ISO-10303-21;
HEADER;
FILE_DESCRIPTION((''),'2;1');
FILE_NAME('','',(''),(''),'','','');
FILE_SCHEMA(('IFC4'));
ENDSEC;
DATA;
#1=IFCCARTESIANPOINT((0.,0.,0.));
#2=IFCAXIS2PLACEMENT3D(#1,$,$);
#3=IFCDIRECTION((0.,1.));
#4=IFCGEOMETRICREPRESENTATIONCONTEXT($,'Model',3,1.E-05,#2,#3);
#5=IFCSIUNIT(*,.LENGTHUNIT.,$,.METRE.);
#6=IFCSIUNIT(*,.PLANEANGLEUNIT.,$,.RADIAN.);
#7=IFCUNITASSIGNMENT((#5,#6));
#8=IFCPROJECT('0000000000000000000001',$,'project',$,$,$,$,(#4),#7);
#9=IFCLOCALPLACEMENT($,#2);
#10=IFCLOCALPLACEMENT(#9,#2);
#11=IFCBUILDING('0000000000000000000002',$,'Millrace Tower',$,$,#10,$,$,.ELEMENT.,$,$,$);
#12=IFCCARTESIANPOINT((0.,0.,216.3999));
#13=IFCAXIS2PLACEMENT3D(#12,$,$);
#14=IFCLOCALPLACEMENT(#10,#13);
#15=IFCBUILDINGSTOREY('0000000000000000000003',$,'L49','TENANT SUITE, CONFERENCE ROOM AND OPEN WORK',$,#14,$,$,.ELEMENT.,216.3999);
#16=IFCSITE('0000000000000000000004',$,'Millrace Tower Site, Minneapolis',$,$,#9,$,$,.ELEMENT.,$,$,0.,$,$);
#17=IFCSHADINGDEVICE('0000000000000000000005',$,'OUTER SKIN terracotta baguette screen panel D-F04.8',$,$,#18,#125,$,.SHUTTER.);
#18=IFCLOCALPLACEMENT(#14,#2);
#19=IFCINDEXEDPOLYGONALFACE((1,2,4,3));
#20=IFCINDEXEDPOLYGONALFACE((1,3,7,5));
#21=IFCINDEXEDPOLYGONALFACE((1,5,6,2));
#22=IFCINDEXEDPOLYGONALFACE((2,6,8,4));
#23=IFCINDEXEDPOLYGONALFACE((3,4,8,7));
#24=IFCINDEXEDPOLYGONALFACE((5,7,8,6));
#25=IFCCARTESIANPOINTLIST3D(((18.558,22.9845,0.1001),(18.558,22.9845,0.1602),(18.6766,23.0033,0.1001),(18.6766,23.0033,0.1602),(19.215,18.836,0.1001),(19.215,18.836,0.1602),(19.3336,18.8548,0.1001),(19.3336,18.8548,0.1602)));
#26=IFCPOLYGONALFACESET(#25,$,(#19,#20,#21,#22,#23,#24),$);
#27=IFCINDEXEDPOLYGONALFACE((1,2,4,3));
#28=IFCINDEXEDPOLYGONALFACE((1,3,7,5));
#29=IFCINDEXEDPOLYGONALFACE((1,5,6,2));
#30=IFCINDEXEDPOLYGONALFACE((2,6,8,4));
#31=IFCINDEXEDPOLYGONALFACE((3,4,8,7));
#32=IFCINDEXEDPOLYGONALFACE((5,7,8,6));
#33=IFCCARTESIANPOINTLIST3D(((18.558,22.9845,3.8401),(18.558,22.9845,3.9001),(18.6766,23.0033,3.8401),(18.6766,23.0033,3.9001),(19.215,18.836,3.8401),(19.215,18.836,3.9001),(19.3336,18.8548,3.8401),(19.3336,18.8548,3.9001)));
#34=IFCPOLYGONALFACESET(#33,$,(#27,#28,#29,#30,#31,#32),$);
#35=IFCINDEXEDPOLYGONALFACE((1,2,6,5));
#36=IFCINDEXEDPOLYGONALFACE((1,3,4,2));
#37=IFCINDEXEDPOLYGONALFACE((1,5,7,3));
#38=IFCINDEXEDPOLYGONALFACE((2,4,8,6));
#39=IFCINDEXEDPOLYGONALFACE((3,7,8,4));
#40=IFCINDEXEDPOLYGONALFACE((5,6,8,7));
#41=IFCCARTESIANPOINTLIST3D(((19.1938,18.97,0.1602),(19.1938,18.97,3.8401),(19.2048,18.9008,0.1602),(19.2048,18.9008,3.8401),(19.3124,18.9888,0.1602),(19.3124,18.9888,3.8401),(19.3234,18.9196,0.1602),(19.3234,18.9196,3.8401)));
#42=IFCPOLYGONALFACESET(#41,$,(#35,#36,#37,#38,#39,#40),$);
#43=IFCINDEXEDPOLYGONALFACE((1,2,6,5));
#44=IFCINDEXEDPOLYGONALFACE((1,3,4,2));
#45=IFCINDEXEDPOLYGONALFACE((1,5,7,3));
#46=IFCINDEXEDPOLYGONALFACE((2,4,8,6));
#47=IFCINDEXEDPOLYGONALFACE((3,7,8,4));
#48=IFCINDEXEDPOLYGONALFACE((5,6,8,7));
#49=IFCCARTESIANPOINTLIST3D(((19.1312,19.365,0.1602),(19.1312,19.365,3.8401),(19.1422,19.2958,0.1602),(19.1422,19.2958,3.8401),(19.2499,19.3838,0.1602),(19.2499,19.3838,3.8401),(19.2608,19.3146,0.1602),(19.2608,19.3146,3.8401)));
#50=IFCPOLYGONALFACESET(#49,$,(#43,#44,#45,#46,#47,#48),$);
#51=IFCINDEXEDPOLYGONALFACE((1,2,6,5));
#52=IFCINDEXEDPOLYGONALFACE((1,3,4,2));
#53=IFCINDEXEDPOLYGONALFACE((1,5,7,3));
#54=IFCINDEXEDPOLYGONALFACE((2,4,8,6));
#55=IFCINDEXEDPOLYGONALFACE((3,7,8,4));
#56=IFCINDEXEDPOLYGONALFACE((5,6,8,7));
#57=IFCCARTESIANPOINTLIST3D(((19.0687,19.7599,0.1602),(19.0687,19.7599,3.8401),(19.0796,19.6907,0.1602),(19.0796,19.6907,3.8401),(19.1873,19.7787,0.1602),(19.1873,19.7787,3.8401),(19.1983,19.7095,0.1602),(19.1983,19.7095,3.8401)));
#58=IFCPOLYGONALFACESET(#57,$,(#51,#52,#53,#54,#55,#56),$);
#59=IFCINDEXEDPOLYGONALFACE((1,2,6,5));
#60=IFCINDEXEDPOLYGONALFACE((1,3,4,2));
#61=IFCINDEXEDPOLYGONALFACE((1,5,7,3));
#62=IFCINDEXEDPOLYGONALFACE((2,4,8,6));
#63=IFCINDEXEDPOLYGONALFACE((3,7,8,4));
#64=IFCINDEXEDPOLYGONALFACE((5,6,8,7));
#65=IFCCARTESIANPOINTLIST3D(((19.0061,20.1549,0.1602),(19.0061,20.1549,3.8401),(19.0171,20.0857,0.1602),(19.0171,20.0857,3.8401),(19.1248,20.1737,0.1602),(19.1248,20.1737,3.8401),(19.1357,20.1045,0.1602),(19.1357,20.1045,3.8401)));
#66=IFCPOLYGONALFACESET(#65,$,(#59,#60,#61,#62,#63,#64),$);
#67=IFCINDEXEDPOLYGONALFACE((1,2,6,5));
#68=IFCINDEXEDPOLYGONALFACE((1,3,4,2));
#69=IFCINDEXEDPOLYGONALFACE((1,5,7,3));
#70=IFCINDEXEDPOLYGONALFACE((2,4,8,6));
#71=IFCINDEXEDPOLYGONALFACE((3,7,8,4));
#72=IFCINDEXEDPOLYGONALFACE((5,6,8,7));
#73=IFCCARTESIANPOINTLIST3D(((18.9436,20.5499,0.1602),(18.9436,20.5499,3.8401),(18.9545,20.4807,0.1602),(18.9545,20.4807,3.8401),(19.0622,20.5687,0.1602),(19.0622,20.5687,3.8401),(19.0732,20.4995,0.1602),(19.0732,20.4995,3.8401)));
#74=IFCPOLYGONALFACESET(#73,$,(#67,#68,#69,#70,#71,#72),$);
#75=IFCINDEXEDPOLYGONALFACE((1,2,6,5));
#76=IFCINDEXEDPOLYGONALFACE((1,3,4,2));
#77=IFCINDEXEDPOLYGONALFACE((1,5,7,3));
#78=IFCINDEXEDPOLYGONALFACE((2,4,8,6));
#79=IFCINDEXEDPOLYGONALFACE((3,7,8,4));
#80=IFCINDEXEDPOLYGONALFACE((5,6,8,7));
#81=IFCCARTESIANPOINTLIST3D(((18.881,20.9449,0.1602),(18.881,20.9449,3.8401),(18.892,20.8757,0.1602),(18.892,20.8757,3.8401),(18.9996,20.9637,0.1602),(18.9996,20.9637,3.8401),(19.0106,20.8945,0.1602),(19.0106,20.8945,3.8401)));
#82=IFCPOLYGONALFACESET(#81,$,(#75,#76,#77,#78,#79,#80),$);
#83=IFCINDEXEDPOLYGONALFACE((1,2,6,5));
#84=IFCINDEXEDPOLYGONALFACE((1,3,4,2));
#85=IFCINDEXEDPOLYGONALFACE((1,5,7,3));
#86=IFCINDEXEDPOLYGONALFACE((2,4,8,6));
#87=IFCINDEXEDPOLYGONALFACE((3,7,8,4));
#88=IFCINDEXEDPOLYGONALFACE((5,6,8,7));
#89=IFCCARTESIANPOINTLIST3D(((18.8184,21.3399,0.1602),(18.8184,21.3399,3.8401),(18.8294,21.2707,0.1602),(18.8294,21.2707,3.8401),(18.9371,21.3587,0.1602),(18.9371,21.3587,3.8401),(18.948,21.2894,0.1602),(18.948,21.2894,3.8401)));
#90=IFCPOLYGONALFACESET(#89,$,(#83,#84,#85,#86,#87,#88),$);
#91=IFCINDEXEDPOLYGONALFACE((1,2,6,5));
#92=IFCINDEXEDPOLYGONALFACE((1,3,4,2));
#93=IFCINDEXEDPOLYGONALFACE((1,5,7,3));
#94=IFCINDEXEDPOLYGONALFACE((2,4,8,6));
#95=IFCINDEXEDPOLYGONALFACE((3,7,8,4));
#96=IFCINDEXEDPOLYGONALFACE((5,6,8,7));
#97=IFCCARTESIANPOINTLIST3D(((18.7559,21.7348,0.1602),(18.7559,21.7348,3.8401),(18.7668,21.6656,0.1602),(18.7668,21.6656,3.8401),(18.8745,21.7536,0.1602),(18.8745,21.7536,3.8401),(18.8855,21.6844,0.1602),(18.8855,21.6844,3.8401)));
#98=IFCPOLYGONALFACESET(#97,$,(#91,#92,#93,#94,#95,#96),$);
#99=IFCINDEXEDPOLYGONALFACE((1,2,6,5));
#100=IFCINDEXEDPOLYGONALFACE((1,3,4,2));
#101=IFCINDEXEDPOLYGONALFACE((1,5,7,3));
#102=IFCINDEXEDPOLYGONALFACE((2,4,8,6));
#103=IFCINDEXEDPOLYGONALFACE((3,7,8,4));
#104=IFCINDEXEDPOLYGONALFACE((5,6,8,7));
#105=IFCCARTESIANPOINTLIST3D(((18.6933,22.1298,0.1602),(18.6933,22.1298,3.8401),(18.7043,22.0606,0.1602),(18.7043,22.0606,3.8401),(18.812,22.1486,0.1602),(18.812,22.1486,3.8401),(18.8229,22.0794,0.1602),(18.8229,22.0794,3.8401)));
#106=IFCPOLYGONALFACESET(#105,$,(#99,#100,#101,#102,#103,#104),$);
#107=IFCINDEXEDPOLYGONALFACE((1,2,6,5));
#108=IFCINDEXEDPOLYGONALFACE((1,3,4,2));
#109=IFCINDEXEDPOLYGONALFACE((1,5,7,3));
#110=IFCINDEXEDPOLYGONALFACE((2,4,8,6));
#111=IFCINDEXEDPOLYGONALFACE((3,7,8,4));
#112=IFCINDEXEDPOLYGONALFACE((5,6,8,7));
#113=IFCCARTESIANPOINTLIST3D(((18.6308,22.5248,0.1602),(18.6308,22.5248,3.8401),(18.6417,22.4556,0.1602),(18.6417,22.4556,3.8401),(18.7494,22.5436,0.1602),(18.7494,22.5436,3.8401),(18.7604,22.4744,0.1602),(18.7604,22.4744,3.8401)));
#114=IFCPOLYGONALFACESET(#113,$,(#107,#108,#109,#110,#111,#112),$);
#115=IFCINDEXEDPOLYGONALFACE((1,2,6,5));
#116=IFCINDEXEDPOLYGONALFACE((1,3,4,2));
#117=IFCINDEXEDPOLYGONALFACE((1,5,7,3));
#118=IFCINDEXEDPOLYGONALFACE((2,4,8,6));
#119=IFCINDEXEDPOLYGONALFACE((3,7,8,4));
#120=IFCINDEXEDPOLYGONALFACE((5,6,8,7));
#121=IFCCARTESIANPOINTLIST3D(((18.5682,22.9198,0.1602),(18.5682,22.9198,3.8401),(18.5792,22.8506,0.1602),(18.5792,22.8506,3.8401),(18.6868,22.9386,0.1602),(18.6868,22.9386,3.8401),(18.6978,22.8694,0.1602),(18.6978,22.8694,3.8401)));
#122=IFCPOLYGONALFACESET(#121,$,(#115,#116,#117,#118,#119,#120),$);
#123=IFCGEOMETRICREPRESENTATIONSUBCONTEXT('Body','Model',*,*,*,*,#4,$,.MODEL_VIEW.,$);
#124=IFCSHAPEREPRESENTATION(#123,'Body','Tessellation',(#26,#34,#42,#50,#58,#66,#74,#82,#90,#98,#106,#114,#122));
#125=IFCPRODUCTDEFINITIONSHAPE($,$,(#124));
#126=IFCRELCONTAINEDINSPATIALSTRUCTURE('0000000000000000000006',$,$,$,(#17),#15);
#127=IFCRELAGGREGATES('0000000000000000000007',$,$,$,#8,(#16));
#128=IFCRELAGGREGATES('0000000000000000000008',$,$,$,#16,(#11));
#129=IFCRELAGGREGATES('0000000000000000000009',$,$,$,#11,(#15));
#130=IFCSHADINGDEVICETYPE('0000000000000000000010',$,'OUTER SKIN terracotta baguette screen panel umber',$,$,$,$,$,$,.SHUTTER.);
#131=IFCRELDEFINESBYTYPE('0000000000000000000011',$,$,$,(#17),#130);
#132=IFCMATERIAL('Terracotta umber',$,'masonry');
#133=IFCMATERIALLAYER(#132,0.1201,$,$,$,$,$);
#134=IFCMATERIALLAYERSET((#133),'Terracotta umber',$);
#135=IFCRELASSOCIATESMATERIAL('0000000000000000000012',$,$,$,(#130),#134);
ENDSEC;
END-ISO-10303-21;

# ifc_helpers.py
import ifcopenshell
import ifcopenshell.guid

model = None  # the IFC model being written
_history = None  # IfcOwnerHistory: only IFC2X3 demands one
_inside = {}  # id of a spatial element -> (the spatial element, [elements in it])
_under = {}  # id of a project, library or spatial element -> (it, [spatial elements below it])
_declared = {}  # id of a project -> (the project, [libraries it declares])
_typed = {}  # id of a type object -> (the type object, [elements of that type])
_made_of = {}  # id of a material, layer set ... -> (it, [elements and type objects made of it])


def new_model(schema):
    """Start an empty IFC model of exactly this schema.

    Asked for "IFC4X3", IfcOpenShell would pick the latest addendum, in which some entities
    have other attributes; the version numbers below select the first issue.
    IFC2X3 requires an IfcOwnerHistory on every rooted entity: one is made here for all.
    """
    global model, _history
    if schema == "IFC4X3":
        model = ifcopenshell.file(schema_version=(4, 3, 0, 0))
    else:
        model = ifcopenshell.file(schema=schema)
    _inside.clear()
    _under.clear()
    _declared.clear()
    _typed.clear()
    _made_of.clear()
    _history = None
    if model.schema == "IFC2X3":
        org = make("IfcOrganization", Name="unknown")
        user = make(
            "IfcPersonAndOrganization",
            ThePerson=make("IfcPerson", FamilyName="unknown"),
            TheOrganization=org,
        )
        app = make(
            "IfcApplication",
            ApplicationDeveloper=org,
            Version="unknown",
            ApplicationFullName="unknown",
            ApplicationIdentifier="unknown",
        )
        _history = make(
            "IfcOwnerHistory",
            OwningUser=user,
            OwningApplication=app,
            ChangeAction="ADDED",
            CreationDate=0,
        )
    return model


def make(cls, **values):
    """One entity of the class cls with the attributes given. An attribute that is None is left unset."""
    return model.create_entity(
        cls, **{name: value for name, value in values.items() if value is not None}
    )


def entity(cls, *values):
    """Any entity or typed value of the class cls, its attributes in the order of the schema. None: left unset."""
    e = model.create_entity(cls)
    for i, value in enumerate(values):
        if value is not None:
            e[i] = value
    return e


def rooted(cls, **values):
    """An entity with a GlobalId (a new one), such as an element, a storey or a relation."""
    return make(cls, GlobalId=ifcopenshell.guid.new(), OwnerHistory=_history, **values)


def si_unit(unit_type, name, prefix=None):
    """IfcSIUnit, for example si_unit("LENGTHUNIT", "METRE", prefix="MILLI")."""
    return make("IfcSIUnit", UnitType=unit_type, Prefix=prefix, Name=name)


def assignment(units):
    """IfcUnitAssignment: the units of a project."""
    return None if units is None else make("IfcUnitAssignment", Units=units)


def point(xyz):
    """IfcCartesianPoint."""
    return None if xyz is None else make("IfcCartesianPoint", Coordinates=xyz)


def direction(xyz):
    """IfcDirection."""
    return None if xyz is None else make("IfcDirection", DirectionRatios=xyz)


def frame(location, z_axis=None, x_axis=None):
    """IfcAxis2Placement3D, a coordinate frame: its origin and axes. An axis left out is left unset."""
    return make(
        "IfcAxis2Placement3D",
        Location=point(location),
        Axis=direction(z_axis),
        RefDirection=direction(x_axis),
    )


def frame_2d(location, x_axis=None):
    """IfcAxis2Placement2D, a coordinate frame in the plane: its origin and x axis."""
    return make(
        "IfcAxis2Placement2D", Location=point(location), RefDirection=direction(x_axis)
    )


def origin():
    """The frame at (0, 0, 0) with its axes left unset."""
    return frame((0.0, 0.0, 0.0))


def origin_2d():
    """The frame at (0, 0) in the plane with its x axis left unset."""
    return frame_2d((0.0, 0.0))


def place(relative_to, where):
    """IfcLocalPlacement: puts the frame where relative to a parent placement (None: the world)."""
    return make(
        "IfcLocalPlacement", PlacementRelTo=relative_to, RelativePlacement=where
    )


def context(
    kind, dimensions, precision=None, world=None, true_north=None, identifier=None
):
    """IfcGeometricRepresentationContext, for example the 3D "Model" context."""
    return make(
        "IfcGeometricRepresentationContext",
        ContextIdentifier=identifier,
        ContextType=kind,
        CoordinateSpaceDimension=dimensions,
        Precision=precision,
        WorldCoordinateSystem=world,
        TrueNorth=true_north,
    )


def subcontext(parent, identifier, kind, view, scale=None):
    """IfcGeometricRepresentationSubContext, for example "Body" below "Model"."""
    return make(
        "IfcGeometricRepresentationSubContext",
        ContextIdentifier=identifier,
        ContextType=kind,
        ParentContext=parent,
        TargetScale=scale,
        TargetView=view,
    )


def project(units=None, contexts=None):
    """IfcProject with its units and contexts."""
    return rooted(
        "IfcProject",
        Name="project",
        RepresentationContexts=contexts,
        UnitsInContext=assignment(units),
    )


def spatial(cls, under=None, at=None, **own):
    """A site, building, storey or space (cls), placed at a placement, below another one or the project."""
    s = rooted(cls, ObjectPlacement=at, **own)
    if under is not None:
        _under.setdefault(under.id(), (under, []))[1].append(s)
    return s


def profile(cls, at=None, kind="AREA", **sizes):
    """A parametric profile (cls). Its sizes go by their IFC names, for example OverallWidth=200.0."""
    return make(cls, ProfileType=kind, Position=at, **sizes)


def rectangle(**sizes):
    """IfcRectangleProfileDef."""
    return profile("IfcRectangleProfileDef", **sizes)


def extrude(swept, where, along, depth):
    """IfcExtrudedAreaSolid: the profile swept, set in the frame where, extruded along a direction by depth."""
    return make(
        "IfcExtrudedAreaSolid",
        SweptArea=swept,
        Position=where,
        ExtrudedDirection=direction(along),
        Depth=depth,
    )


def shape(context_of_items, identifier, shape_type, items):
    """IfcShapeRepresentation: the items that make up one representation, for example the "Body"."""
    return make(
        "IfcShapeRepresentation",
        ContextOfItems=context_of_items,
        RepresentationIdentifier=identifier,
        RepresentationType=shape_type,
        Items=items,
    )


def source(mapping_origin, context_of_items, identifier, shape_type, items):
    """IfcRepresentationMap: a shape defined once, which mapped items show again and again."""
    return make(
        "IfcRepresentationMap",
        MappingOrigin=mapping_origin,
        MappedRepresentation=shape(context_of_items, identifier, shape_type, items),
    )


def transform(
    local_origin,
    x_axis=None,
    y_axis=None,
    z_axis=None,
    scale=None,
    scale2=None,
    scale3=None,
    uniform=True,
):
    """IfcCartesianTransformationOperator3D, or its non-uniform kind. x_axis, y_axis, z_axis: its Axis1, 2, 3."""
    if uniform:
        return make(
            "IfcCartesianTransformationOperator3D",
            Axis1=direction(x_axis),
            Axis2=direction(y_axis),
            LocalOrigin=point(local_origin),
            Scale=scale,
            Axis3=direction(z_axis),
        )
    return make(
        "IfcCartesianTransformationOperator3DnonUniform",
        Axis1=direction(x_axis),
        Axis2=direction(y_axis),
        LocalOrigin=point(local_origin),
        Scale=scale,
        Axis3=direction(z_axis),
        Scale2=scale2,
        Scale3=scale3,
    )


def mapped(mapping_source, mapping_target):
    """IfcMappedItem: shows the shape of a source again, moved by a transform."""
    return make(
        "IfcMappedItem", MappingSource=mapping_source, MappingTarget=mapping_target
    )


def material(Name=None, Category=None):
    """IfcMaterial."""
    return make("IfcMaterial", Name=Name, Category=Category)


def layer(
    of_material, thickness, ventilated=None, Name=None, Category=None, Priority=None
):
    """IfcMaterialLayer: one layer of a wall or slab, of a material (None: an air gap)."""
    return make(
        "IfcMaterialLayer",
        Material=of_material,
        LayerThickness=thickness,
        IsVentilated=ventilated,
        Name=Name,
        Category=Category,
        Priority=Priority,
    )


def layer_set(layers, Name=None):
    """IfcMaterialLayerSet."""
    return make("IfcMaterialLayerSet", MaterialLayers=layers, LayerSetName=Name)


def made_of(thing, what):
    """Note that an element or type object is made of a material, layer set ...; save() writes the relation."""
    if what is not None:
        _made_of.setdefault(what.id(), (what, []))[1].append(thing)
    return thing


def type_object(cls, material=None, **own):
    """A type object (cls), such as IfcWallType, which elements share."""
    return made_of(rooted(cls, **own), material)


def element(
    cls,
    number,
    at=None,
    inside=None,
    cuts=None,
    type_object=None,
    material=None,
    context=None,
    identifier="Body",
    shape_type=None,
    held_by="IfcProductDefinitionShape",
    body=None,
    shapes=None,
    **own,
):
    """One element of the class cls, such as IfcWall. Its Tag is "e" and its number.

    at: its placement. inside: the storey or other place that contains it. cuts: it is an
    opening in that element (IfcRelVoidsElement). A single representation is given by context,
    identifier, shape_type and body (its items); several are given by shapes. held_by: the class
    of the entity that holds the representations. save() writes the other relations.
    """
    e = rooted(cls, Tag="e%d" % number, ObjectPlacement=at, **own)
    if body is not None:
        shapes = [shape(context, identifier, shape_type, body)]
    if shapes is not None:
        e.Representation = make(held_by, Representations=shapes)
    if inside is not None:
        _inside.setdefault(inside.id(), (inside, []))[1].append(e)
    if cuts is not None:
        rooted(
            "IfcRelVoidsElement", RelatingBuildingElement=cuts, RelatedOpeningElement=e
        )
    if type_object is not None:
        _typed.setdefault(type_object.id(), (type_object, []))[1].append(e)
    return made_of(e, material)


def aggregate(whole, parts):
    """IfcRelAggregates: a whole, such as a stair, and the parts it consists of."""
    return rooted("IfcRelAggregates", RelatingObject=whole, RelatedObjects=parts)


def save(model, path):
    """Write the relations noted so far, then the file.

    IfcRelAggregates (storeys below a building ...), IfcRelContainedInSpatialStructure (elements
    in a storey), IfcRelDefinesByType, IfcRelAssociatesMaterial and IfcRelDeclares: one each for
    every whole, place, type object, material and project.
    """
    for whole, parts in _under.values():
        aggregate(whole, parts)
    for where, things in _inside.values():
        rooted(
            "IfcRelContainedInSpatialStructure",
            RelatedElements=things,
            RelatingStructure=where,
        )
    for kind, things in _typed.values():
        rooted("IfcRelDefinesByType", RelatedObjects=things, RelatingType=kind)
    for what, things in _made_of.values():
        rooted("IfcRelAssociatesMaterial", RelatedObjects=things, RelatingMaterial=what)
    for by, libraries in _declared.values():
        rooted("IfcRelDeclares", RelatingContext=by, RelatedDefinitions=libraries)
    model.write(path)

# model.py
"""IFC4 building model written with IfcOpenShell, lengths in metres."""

from ifc_helpers import new_model, entity, si_unit, direction, frame, frame_2d, origin, origin_2d, place, context, subcontext, project, spatial, rectangle, extrude, source, transform, mapped, material, layer, layer_set, type_object, element, save


model = new_model("IFC4")

# Units and contexts
model_context = context("Model", 3, precision=1e-05, world=origin(), true_north=direction((0.0, 1.0)))
body_context = subcontext(model_context, "Body", "Model", "MODEL_VIEW")
ifc_project = project(units=[si_unit("LENGTHUNIT", "METRE"), si_unit("PLANEANGLEUNIT", "RADIAN")], contexts=[model_context])

# Site, building, storey
site_placement = place(None, origin())
site = spatial("IfcSite", under=ifc_project, at=site_placement, Name="Millrace Tower Site, Minneapolis", CompositionType="ELEMENT", RefElevation=0.0)
building_placement = place(site_placement, origin())
building = spatial("IfcBuilding", under=site, at=building_placement, Name="Millrace Tower", CompositionType="ELEMENT")
storey_placement = place(building_placement, frame((0.0, 0.0, 216.3999)))
storey = spatial("IfcBuildingStorey", under=building, at=storey_placement, Name="L49", Description="TENANT SUITE, CONFERENCE ROOM AND OPEN WORK", CompositionType="ELEMENT", Elevation=216.3999)

# Shading device
ifc_material_1 = material(Name="Terracotta umber", Category="masonry")
ifc_layer_1 = layer(ifc_material_1, 0.1201)
ifc_layer_set_1 = layer_set([ifc_layer_1], Name="Terracotta umber")
shading_device_type = type_object("IfcShadingDeviceType", Name="OUTER SKIN terracotta baguette screen panel umber", PredefinedType="SHUTTER", material=ifc_layer_set_1)
cartesian_point_1 = entity("IfcCartesianPoint", [-2.1001, 0.0601])
shared_polyline_1 = entity("IfcPolyline", [cartesian_point_1, entity("IfcCartesianPoint", [2.1001, 0.0601]), entity("IfcCartesianPoint", [2.1001, -0.0601]), entity("IfcCartesianPoint", [-2.1001, -0.0601]), cartesian_point_1])
shared_shape_1 = source(origin(), body_context, "Body", "SweptSolid", [
    entity("IfcExtrudedAreaSolid", entity("IfcArbitraryClosedProfileDef", "AREA", None, shared_polyline_1), entity("IfcAxis2Placement3D", entity("IfcCartesianPoint", [0.0, 0.0, 0.0])), entity("IfcDirection", [0.0, 0.0, 1.0]), 0.0601),
    entity("IfcExtrudedAreaSolid", entity("IfcArbitraryClosedProfileDef", "AREA", None, shared_polyline_1), entity("IfcAxis2Placement3D", entity("IfcCartesianPoint", [0.0, 0.0, 3.74])), entity("IfcDirection", [0.0, 0.0, 1.0]), 0.0601),
    extrude(rectangle(XDim=0.0701, YDim=0.1201, at=frame_2d((-1.9995, 0.0))), frame((0.0, 0.0, 0.0601)), (0.0, 0.0, 1.0), 3.6799),
    extrude(rectangle(XDim=0.0701, YDim=0.1201, at=frame_2d((-1.5996, 0.0))), frame((0.0, 0.0, 0.0601)), (0.0, 0.0, 1.0), 3.6799),
    extrude(rectangle(XDim=0.0701, YDim=0.1201, at=frame_2d((-1.1997, 0.0))), frame((0.0, 0.0, 0.0601)), (0.0, 0.0, 1.0), 3.6799),
    extrude(rectangle(XDim=0.0701, YDim=0.1201, at=frame_2d((-0.7998, 0.0))), frame((0.0, 0.0, 0.0601)), (0.0, 0.0, 1.0), 3.6799),
    extrude(rectangle(XDim=0.0701, YDim=0.1201, at=frame_2d((-0.3999, 0.0))), frame((0.0, 0.0, 0.0601)), (0.0, 0.0, 1.0), 3.6799),
    extrude(rectangle(XDim=0.0701, YDim=0.1201, at=origin_2d()), frame((0.0, 0.0, 0.0601)), (0.0, 0.0, 1.0), 3.6799),
    extrude(rectangle(XDim=0.0701, YDim=0.1201, at=frame_2d((0.3999, 0.0))), frame((0.0, 0.0, 0.0601)), (0.0, 0.0, 1.0), 3.6799),
    extrude(rectangle(XDim=0.0701, YDim=0.1201, at=frame_2d((0.7998, 0.0))), frame((0.0, 0.0, 0.0601)), (0.0, 0.0, 1.0), 3.6799),
    extrude(rectangle(XDim=0.0701, YDim=0.1201, at=frame_2d((1.1997, 0.0))), frame((0.0, 0.0, 0.0601)), (0.0, 0.0, 1.0), 3.6799),
    extrude(rectangle(XDim=0.0701, YDim=0.1201, at=frame_2d((1.5996, 0.0))), frame((0.0, 0.0, 0.0601)), (0.0, 0.0, 1.0), 3.6799),
    extrude(rectangle(XDim=0.0701, YDim=0.1201, at=frame_2d((1.9995, 0.0))), frame((0.0, 0.0, 0.0601)), (0.0, 0.0, 1.0), 3.6799),
])
for number, where, z_axis, x_axis, name in (
    (1, (18.9458, 20.9197, 0.1001), (0.0, 0.0, 1.0), (-0.156434, 0.987688, 0.0), "OUTER SKIN terracotta baguette screen panel D-F04.8"),
):
    element("IfcShadingDevice", number, at=place(storey_placement, frame(where, z_axis=z_axis, x_axis=x_axis)), inside=storey, type_object=shading_device_type, Name=name, PredefinedType="SHUTTER", context=body_context, shape_type="MappedRepresentation", body=[
        mapped(shared_shape_1, transform((0.0, 0.0, 0.0), scale=1.0)),
    ])

save(model, "model.ifc")
